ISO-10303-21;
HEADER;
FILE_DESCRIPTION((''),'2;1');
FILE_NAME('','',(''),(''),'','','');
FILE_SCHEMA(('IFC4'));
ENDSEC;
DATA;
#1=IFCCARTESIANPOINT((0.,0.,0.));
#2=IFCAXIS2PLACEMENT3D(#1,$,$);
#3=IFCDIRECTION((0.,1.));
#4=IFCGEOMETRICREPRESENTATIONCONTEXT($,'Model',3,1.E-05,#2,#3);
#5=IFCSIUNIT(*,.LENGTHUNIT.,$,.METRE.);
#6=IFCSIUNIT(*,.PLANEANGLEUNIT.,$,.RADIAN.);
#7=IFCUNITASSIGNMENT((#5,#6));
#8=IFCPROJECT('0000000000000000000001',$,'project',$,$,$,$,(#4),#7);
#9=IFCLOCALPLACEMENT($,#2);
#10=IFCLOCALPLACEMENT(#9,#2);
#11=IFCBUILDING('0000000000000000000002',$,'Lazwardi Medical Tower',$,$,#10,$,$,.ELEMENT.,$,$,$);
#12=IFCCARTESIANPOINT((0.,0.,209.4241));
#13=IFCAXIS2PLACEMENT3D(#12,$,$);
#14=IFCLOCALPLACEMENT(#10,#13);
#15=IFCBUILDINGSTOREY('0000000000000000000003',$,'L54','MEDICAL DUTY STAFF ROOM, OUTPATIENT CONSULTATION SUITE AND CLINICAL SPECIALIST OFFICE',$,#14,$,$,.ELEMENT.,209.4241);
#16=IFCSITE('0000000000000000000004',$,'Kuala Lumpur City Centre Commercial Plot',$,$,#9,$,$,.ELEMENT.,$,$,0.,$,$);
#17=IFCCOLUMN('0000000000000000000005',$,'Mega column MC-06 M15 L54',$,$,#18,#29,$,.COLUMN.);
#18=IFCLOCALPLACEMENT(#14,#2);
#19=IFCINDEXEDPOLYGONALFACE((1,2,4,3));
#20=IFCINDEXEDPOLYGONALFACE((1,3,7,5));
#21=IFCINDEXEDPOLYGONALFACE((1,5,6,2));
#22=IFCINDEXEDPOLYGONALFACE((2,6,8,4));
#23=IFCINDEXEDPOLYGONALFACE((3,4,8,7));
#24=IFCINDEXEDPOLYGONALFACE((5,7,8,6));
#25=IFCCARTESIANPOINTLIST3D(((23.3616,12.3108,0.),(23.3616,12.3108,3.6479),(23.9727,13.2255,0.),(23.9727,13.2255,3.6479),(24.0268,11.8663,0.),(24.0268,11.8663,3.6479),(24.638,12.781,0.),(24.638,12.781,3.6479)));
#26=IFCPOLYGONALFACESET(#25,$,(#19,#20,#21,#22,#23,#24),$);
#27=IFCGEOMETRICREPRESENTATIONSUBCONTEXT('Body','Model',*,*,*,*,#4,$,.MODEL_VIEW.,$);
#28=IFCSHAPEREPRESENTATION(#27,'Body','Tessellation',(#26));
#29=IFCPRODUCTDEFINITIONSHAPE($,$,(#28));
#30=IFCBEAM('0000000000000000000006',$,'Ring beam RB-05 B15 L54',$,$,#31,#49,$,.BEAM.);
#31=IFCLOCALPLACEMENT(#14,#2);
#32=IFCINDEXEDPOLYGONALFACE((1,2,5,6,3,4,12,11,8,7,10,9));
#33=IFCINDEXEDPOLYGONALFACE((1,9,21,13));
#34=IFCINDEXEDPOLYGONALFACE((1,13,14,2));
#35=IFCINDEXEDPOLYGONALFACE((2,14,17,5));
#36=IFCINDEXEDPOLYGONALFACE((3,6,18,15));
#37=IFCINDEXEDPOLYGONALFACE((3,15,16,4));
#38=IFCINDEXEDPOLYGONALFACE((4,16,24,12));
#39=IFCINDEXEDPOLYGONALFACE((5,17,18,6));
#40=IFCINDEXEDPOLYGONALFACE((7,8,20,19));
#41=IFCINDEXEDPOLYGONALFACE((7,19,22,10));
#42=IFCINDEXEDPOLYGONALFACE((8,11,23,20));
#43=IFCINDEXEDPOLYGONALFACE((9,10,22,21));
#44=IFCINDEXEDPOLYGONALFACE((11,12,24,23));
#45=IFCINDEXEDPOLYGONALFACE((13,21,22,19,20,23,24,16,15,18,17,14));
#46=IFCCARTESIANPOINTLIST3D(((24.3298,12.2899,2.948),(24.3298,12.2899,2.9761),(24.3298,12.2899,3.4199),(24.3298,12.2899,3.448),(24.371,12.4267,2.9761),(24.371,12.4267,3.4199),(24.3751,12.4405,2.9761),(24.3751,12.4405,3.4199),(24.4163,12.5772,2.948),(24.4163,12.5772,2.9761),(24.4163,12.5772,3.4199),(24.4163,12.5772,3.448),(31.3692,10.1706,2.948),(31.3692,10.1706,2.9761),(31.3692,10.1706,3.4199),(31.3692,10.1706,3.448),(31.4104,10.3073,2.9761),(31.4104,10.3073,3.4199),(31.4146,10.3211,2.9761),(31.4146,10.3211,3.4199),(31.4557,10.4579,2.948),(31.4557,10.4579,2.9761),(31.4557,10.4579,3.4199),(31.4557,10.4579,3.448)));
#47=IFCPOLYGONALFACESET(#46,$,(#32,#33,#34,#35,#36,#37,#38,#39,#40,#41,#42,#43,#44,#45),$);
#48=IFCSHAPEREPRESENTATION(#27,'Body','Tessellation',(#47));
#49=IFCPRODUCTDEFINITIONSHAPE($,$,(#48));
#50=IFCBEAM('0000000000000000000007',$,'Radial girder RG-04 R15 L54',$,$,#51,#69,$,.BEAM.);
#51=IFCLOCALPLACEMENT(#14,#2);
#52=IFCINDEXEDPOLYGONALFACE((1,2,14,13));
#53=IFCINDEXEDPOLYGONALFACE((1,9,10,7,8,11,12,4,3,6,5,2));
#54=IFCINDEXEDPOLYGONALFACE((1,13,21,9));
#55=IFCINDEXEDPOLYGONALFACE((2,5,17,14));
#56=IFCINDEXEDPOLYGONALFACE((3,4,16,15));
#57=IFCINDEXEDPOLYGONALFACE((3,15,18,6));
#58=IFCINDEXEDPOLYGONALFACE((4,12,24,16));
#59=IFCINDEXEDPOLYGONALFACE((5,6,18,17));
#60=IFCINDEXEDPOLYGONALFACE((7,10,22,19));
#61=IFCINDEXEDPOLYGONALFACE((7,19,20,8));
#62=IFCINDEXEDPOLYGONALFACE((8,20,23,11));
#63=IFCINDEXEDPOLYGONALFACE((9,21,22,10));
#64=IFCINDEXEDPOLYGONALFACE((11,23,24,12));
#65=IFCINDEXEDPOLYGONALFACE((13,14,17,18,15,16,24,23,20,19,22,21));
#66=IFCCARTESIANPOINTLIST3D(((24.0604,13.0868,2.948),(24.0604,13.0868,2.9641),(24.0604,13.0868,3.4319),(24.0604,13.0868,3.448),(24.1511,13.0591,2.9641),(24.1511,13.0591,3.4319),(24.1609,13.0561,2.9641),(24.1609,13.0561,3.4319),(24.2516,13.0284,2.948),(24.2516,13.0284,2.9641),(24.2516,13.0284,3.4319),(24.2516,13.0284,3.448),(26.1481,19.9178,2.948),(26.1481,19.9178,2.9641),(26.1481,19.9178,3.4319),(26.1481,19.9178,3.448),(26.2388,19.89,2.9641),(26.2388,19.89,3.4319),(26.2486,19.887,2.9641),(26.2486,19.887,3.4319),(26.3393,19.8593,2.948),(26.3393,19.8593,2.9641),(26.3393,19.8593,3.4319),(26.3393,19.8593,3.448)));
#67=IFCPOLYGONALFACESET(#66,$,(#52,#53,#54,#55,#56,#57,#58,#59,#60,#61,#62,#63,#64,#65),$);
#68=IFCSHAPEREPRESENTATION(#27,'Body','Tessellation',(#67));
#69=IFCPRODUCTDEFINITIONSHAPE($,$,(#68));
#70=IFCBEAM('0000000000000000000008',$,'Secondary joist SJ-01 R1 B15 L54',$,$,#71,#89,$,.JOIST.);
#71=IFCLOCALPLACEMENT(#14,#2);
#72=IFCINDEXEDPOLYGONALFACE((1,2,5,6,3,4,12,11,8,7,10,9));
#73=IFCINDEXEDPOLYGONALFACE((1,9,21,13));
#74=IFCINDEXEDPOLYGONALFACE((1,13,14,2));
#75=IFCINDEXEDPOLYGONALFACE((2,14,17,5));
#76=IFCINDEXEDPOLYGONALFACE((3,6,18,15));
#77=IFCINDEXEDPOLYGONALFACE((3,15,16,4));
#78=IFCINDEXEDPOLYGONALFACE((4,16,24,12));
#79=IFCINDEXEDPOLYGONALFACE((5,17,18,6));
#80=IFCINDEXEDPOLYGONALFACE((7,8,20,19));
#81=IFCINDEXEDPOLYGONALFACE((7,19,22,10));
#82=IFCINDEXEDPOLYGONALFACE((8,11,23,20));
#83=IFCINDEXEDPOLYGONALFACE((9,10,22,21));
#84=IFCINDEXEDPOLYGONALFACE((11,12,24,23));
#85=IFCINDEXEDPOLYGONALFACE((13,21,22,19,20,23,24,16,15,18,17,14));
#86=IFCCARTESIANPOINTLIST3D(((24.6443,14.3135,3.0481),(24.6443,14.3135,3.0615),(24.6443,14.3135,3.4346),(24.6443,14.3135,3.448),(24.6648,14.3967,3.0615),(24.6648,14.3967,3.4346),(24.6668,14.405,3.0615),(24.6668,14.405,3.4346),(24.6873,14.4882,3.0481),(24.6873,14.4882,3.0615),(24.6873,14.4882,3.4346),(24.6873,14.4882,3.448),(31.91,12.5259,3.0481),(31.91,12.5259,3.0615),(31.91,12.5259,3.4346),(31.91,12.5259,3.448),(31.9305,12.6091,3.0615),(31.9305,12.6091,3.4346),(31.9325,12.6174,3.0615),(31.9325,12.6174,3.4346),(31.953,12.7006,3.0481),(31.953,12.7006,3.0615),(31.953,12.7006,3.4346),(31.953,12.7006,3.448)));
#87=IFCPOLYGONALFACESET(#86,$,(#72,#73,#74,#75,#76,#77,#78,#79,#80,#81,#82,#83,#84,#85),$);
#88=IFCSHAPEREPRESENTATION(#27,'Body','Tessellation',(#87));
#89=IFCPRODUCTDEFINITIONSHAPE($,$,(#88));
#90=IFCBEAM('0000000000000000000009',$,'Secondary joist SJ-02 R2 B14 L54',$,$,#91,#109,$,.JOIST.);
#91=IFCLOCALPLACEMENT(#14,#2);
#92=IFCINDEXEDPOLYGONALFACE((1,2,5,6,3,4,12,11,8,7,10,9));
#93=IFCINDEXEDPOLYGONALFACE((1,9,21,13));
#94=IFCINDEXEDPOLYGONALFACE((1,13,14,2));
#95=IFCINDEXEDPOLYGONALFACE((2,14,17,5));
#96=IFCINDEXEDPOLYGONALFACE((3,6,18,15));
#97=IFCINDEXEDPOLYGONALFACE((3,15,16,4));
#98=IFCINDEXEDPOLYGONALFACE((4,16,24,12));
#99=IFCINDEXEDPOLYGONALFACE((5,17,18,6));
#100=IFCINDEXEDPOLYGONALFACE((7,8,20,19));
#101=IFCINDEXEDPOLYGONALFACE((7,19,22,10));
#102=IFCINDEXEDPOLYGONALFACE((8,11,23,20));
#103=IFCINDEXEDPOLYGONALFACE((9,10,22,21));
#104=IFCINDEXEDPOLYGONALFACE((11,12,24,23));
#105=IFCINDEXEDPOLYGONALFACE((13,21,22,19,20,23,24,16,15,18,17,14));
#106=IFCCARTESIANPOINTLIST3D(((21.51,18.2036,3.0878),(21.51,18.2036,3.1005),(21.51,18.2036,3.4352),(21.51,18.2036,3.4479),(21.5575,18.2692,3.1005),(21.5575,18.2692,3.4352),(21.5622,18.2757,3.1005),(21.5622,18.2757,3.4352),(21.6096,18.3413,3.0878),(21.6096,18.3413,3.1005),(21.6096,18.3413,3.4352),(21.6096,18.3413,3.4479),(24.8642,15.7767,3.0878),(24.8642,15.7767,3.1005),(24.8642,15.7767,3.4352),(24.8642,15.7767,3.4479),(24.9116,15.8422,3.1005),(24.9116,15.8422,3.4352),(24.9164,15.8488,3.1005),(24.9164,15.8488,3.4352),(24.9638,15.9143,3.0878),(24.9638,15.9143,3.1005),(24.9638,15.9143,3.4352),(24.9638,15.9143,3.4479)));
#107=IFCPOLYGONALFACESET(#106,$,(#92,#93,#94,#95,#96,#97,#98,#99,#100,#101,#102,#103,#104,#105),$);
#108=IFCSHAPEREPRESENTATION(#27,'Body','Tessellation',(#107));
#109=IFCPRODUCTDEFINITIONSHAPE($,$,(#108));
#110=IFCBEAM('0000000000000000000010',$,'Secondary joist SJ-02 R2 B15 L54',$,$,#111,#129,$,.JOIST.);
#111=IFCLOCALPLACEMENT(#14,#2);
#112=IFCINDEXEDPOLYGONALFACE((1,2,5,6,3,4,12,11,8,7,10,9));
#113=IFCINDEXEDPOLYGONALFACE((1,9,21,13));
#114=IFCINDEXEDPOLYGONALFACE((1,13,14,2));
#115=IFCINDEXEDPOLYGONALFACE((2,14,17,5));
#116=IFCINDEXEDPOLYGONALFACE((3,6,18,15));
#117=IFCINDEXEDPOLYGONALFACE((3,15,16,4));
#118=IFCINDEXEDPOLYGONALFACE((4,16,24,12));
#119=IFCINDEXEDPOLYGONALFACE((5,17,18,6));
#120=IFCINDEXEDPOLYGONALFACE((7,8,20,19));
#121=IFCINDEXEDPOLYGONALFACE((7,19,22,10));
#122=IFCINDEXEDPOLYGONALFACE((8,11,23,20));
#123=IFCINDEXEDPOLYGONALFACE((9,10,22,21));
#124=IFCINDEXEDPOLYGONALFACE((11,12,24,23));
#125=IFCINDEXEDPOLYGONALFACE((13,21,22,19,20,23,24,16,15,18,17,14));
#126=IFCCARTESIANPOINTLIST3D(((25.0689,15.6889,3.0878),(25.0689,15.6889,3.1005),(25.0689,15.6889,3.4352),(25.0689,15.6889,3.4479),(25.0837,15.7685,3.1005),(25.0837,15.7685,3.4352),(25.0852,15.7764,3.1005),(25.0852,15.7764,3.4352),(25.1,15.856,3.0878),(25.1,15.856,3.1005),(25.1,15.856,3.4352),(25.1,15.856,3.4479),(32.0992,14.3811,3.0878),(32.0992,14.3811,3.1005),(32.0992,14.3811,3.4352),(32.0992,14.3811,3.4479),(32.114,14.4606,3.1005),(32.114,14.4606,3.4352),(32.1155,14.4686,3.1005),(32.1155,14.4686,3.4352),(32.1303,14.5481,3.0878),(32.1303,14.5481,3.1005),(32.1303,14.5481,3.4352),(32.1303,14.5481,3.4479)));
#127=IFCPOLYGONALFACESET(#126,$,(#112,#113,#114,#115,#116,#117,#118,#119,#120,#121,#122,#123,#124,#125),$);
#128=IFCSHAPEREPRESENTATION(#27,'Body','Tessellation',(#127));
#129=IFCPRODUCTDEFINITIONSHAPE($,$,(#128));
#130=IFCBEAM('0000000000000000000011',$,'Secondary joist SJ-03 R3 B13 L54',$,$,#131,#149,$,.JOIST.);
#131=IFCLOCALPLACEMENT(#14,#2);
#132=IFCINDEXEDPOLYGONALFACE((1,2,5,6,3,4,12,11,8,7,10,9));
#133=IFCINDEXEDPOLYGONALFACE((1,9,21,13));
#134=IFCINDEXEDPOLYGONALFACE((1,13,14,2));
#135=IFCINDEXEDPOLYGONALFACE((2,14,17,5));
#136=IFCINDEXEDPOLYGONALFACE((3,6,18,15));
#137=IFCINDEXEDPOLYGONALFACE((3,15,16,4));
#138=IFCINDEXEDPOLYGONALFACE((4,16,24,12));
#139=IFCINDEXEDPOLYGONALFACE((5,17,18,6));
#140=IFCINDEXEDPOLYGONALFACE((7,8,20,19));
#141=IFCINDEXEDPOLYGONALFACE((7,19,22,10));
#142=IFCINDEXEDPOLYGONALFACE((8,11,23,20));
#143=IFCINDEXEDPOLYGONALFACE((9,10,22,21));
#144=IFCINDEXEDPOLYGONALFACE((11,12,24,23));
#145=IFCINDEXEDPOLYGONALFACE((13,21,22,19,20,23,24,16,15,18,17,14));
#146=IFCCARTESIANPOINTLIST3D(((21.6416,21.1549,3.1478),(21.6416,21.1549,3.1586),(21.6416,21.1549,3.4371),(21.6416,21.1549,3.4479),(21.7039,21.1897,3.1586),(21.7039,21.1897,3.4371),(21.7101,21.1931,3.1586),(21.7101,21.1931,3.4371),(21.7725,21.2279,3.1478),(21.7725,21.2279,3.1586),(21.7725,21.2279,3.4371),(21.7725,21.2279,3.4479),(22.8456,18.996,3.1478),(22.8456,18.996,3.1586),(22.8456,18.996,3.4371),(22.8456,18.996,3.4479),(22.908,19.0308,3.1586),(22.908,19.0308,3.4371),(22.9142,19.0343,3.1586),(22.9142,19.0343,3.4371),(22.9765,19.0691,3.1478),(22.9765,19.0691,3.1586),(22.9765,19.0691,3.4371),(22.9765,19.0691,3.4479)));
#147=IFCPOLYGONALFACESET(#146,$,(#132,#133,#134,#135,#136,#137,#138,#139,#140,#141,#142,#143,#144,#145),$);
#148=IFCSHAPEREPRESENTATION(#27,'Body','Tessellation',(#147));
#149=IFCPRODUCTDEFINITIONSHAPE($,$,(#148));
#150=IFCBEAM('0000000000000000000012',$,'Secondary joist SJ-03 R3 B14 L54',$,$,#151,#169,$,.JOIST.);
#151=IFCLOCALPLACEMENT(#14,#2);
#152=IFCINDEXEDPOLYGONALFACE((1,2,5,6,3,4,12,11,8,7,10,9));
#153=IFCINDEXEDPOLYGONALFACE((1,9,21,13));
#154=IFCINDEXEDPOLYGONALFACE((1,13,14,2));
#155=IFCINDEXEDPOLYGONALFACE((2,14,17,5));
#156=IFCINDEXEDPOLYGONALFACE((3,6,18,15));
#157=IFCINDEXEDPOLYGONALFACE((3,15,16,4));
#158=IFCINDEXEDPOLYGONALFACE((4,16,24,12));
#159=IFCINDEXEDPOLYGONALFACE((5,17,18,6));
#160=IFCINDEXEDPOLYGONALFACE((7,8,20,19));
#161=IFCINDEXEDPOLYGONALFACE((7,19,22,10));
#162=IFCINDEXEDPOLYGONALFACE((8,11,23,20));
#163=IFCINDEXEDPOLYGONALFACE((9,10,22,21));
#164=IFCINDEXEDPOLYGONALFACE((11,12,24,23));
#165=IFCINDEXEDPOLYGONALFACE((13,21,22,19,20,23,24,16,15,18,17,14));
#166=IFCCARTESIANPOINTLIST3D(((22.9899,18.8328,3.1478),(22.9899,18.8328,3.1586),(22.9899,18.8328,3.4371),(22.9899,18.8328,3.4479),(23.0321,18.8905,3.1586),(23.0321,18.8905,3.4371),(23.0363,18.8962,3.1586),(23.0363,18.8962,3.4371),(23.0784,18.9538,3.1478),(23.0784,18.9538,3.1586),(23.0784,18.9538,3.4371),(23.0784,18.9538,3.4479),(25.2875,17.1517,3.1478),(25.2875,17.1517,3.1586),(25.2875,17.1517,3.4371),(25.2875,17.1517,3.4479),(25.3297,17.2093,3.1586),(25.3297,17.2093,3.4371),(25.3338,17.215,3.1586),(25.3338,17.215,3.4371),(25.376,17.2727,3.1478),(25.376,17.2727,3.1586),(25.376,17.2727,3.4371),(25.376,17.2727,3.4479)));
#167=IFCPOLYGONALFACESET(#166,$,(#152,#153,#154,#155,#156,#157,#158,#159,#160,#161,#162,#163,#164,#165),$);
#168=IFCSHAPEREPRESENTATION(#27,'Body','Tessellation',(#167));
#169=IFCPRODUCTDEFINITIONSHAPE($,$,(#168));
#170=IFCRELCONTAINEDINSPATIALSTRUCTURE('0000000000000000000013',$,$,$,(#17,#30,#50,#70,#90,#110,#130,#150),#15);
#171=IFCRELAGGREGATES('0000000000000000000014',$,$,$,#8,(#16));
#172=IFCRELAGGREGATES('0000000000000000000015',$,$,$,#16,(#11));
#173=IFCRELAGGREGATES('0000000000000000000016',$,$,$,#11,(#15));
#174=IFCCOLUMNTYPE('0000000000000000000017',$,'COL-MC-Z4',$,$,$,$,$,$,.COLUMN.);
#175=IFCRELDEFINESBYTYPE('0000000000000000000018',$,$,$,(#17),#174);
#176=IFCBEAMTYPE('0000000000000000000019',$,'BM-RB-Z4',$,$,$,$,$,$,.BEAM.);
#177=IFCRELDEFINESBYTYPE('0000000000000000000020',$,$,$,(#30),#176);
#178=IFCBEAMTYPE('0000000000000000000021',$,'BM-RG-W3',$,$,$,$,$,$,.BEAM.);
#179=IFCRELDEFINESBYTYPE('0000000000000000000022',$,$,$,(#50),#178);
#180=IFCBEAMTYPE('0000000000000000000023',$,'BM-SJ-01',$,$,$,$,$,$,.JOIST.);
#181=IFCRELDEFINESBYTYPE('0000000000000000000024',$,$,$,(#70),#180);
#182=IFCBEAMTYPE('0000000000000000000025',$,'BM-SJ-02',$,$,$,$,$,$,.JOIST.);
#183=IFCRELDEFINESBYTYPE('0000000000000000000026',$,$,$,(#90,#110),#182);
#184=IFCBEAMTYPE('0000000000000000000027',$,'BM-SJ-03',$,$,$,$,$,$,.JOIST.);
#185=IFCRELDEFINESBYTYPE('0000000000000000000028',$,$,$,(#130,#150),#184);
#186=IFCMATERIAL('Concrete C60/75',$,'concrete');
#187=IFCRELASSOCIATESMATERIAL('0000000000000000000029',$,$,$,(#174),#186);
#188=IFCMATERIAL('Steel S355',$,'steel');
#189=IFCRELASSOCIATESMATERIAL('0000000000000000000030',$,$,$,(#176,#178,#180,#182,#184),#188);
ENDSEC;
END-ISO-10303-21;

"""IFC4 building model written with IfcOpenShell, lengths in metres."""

from ifc_helpers import new_model, si_unit, direction, frame, origin, origin_2d, place, context, subcontext, project, spatial, rectangle, i_section, extrude, material, material_profile, profile_set, type_object, element, save


model = new_model("IFC4")

# Units and contexts
model_context = context("Model", 3, precision=1e-05, world=origin(), true_north=direction((0.0, 1.0)))
body_context = subcontext(model_context, "Body", "Model", "MODEL_VIEW")
ifc_project = project(units=[si_unit("LENGTHUNIT", "METRE"), si_unit("PLANEANGLEUNIT", "RADIAN")], contexts=[model_context])

# Site, building, storey
site_placement = place(None, origin())
site = spatial("IfcSite", under=ifc_project, at=site_placement, Name="Kuala Lumpur City Centre Commercial Plot", CompositionType="ELEMENT", RefElevation=0.0)
building_placement = place(site_placement, origin())
building = spatial("IfcBuilding", under=site, at=building_placement, Name="Lazwardi Medical Tower", CompositionType="ELEMENT")
storey_placement = place(building_placement, frame((0.0, 0.0, 209.4241)))
storey = spatial("IfcBuildingStorey", under=building, at=storey_placement, Name="L54", Description="MEDICAL DUTY STAFF ROOM, OUTPATIENT CONSULTATION SUITE AND CLINICAL SPECIALIST OFFICE", CompositionType="ELEMENT", Elevation=209.4241)

# Column
ifc_material_1 = material(Name="Concrete C60/75", Category="concrete")
ifc_material_profile_1 = material_profile(ifc_material_1, rectangle(XDim=1.1001, YDim=0.8, at=origin_2d()), Name="CFT-RECT 1100x800")
ifc_profile_set_1 = profile_set([ifc_material_profile_1], Name="Concrete C60/75")
column_type = type_object("IfcColumnType", Name="COL-MC-Z4", PredefinedType="COLUMN", material=ifc_profile_set_1)
column_placement = place(storey_placement, frame((23.9998, 12.5459, 0.0), z_axis=(0.0, 0.0, 1.0), x_axis=(-0.55557, -0.83147, 0.0)))
element("IfcColumn", 1, at=column_placement, inside=storey, type_object=column_type, Name="Mega column MC-06 M15 L54", PredefinedType="COLUMN", context=body_context, shape_type="SweptSolid", body=[
    extrude(rectangle(XDim=1.1001, YDim=0.8, at=origin_2d()), origin(), (0.0, 0.0, 1.0), 3.6479),
])

# Beams
ifc_material_2 = material(Name="Steel S355", Category="steel")
ifc_material_profile_2 = material_profile(ifc_material_2, i_section(OverallWidth=0.3, OverallDepth=0.5, WebThickness=0.0144, FlangeThickness=0.0281, at=origin_2d()), Name="HEB 500")
ifc_profile_set_2 = profile_set([ifc_material_profile_2], Name="Steel S355")
beam_type_1 = type_object("IfcBeamType", Name="BM-RB-Z4", PredefinedType="BEAM", material=ifc_profile_set_2)
beam_1_placement = place(storey_placement, frame((24.373, 12.4336, 3.198), z_axis=(0.957544, -0.288286, 0.0), x_axis=(0.288286, 0.957544, 0.0)))
element("IfcBeam", 2, at=beam_1_placement, inside=storey, type_object=beam_type_1, Name="Ring beam RB-05 B15 L54", PredefinedType="BEAM", context=body_context, shape_type="SweptSolid", body=[
    extrude(i_section(OverallWidth=0.3, OverallDepth=0.5, WebThickness=0.0144, FlangeThickness=0.0281, at=origin_2d()), origin(), (0.0, 0.0, 1.0), 7.3516),
])
ifc_material_profile_3 = material_profile(ifc_material_2, i_section(OverallWidth=0.2, OverallDepth=0.5, WebThickness=0.0103, FlangeThickness=0.0161, at=origin_2d()), Name="IPE 500")
ifc_profile_set_3 = profile_set([ifc_material_profile_3], Name="Steel S355")
beam_type_2 = type_object("IfcBeamType", Name="BM-RG-W3", PredefinedType="BEAM", material=ifc_profile_set_3)
beam_2_placement = place(storey_placement, frame((24.156, 13.0576, 3.198), z_axis=(0.292277, 0.956334, 0.0), x_axis=(-0.956334, 0.292277, 0.0)))
element("IfcBeam", 3, at=beam_2_placement, inside=storey, type_object=beam_type_2, Name="Radial girder RG-04 R15 L54", PredefinedType="BEAM", context=body_context, shape_type="SweptSolid", body=[
    extrude(i_section(OverallWidth=0.2, OverallDepth=0.5, WebThickness=0.0103, FlangeThickness=0.0161, at=origin_2d()), origin(), (0.0, 0.0, 1.0), 7.1428),
])
ifc_material_profile_4 = material_profile(ifc_material_2, i_section(OverallWidth=0.1799, OverallDepth=0.3999, WebThickness=0.0085, FlangeThickness=0.0134, at=origin_2d()), Name="IPE 400")
ifc_profile_set_4 = profile_set([ifc_material_profile_4], Name="Steel S355")
beam_type_3 = type_object("IfcBeamType", Name="BM-SJ-01", PredefinedType="JOIST", material=ifc_profile_set_4)
beam_3_placement = place(storey_placement, frame((24.6658, 14.4009, 3.248), z_axis=(0.971042, -0.23891, 0.0), x_axis=(0.23891, 0.971042, 0.0)))
element("IfcBeam", 4, at=beam_3_placement, inside=storey, type_object=beam_type_3, Name="Secondary joist SJ-01 R1 B15 L54", PredefinedType="JOIST", context=body_context, shape_type="SweptSolid", body=[
    extrude(i_section(OverallWidth=0.1799, OverallDepth=0.3999, WebThickness=0.0085, FlangeThickness=0.0134, at=origin_2d()), origin(), (0.0, 0.0, 1.0), 7.4824),
])
ifc_material_profile_5 = material_profile(ifc_material_2, i_section(OverallWidth=0.1699, OverallDepth=0.3601, WebThickness=0.0081, FlangeThickness=0.0127, at=origin_2d()), Name="IPE 360")
ifc_profile_set_5 = profile_set([ifc_material_profile_5], Name="Steel S355")
beam_type_4 = type_object("IfcBeamType", Name="BM-SJ-02", PredefinedType="JOIST", material=ifc_profile_set_5)
beam_4_placement = place(storey_placement, frame((21.5598, 18.2725, 3.2678), z_axis=(0.810164, -0.586203, 0.0), x_axis=(0.586203, 0.810164, 0.0)))
element("IfcBeam", 5, at=beam_4_placement, inside=storey, type_object=beam_type_4, Name="Secondary joist SJ-02 R2 B14 L54", PredefinedType="JOIST", context=body_context, shape_type="SweptSolid", body=[
    extrude(i_section(OverallWidth=0.1699, OverallDepth=0.3601, WebThickness=0.0081, FlangeThickness=0.0127, at=origin_2d()), origin(), (0.0, 0.0, 1.0), 4.1401),
])
beam_5_placement = place(storey_placement, frame((25.0845, 15.7725, 3.2678), z_axis=(0.983132, -0.182895, 0.0), x_axis=(0.182895, 0.983132, 0.0)))
element("IfcBeam", 6, at=beam_5_placement, inside=storey, type_object=beam_type_4, Name="Secondary joist SJ-02 R2 B15 L54", PredefinedType="JOIST", context=body_context, shape_type="SweptSolid", body=[
    extrude(i_section(OverallWidth=0.1699, OverallDepth=0.3601, WebThickness=0.0081, FlangeThickness=0.0127, at=origin_2d()), origin(), (0.0, 0.0, 1.0), 7.1509),
])
ifc_material_profile_6 = material_profile(ifc_material_2, i_section(OverallWidth=0.1499, OverallDepth=0.3, WebThickness=0.0071, FlangeThickness=0.0107, at=origin_2d()), Name="IPE 300")
ifc_profile_set_6 = profile_set([ifc_material_profile_6], Name="Steel S355")
beam_type_5 = type_object("IfcBeamType", Name="BM-SJ-03", PredefinedType="JOIST", material=ifc_profile_set_6)
beam_6_placement = place(storey_placement, frame((21.707, 21.1914, 3.2979), z_axis=(0.487093, -0.87335, 0.0), x_axis=(0.87335, 0.487093, 0.0)))
element("IfcBeam", 7, at=beam_6_placement, inside=storey, type_object=beam_type_5, Name="Secondary joist SJ-03 R3 B13 L54", PredefinedType="JOIST", context=body_context, shape_type="SweptSolid", body=[
    extrude(i_section(OverallWidth=0.1499, OverallDepth=0.3, WebThickness=0.0071, FlangeThickness=0.0107, at=origin_2d()), origin(), (0.0, 0.0, 1.0), 2.4719),
])
beam_7_placement = place(storey_placement, frame((23.0342, 18.8933, 3.2979), z_axis=(0.807034, -0.590505, 0.0), x_axis=(0.590505, 0.807034, 0.0)))
element("IfcBeam", 8, at=beam_7_placement, inside=storey, type_object=beam_type_5, Name="Secondary joist SJ-03 R3 B14 L54", PredefinedType="JOIST", context=body_context, shape_type="SweptSolid", body=[
    extrude(i_section(OverallWidth=0.1499, OverallDepth=0.3, WebThickness=0.0071, FlangeThickness=0.0107, at=origin_2d()), origin(), (0.0, 0.0, 1.0), 2.8469),
])

save(model, "model.ifc")
